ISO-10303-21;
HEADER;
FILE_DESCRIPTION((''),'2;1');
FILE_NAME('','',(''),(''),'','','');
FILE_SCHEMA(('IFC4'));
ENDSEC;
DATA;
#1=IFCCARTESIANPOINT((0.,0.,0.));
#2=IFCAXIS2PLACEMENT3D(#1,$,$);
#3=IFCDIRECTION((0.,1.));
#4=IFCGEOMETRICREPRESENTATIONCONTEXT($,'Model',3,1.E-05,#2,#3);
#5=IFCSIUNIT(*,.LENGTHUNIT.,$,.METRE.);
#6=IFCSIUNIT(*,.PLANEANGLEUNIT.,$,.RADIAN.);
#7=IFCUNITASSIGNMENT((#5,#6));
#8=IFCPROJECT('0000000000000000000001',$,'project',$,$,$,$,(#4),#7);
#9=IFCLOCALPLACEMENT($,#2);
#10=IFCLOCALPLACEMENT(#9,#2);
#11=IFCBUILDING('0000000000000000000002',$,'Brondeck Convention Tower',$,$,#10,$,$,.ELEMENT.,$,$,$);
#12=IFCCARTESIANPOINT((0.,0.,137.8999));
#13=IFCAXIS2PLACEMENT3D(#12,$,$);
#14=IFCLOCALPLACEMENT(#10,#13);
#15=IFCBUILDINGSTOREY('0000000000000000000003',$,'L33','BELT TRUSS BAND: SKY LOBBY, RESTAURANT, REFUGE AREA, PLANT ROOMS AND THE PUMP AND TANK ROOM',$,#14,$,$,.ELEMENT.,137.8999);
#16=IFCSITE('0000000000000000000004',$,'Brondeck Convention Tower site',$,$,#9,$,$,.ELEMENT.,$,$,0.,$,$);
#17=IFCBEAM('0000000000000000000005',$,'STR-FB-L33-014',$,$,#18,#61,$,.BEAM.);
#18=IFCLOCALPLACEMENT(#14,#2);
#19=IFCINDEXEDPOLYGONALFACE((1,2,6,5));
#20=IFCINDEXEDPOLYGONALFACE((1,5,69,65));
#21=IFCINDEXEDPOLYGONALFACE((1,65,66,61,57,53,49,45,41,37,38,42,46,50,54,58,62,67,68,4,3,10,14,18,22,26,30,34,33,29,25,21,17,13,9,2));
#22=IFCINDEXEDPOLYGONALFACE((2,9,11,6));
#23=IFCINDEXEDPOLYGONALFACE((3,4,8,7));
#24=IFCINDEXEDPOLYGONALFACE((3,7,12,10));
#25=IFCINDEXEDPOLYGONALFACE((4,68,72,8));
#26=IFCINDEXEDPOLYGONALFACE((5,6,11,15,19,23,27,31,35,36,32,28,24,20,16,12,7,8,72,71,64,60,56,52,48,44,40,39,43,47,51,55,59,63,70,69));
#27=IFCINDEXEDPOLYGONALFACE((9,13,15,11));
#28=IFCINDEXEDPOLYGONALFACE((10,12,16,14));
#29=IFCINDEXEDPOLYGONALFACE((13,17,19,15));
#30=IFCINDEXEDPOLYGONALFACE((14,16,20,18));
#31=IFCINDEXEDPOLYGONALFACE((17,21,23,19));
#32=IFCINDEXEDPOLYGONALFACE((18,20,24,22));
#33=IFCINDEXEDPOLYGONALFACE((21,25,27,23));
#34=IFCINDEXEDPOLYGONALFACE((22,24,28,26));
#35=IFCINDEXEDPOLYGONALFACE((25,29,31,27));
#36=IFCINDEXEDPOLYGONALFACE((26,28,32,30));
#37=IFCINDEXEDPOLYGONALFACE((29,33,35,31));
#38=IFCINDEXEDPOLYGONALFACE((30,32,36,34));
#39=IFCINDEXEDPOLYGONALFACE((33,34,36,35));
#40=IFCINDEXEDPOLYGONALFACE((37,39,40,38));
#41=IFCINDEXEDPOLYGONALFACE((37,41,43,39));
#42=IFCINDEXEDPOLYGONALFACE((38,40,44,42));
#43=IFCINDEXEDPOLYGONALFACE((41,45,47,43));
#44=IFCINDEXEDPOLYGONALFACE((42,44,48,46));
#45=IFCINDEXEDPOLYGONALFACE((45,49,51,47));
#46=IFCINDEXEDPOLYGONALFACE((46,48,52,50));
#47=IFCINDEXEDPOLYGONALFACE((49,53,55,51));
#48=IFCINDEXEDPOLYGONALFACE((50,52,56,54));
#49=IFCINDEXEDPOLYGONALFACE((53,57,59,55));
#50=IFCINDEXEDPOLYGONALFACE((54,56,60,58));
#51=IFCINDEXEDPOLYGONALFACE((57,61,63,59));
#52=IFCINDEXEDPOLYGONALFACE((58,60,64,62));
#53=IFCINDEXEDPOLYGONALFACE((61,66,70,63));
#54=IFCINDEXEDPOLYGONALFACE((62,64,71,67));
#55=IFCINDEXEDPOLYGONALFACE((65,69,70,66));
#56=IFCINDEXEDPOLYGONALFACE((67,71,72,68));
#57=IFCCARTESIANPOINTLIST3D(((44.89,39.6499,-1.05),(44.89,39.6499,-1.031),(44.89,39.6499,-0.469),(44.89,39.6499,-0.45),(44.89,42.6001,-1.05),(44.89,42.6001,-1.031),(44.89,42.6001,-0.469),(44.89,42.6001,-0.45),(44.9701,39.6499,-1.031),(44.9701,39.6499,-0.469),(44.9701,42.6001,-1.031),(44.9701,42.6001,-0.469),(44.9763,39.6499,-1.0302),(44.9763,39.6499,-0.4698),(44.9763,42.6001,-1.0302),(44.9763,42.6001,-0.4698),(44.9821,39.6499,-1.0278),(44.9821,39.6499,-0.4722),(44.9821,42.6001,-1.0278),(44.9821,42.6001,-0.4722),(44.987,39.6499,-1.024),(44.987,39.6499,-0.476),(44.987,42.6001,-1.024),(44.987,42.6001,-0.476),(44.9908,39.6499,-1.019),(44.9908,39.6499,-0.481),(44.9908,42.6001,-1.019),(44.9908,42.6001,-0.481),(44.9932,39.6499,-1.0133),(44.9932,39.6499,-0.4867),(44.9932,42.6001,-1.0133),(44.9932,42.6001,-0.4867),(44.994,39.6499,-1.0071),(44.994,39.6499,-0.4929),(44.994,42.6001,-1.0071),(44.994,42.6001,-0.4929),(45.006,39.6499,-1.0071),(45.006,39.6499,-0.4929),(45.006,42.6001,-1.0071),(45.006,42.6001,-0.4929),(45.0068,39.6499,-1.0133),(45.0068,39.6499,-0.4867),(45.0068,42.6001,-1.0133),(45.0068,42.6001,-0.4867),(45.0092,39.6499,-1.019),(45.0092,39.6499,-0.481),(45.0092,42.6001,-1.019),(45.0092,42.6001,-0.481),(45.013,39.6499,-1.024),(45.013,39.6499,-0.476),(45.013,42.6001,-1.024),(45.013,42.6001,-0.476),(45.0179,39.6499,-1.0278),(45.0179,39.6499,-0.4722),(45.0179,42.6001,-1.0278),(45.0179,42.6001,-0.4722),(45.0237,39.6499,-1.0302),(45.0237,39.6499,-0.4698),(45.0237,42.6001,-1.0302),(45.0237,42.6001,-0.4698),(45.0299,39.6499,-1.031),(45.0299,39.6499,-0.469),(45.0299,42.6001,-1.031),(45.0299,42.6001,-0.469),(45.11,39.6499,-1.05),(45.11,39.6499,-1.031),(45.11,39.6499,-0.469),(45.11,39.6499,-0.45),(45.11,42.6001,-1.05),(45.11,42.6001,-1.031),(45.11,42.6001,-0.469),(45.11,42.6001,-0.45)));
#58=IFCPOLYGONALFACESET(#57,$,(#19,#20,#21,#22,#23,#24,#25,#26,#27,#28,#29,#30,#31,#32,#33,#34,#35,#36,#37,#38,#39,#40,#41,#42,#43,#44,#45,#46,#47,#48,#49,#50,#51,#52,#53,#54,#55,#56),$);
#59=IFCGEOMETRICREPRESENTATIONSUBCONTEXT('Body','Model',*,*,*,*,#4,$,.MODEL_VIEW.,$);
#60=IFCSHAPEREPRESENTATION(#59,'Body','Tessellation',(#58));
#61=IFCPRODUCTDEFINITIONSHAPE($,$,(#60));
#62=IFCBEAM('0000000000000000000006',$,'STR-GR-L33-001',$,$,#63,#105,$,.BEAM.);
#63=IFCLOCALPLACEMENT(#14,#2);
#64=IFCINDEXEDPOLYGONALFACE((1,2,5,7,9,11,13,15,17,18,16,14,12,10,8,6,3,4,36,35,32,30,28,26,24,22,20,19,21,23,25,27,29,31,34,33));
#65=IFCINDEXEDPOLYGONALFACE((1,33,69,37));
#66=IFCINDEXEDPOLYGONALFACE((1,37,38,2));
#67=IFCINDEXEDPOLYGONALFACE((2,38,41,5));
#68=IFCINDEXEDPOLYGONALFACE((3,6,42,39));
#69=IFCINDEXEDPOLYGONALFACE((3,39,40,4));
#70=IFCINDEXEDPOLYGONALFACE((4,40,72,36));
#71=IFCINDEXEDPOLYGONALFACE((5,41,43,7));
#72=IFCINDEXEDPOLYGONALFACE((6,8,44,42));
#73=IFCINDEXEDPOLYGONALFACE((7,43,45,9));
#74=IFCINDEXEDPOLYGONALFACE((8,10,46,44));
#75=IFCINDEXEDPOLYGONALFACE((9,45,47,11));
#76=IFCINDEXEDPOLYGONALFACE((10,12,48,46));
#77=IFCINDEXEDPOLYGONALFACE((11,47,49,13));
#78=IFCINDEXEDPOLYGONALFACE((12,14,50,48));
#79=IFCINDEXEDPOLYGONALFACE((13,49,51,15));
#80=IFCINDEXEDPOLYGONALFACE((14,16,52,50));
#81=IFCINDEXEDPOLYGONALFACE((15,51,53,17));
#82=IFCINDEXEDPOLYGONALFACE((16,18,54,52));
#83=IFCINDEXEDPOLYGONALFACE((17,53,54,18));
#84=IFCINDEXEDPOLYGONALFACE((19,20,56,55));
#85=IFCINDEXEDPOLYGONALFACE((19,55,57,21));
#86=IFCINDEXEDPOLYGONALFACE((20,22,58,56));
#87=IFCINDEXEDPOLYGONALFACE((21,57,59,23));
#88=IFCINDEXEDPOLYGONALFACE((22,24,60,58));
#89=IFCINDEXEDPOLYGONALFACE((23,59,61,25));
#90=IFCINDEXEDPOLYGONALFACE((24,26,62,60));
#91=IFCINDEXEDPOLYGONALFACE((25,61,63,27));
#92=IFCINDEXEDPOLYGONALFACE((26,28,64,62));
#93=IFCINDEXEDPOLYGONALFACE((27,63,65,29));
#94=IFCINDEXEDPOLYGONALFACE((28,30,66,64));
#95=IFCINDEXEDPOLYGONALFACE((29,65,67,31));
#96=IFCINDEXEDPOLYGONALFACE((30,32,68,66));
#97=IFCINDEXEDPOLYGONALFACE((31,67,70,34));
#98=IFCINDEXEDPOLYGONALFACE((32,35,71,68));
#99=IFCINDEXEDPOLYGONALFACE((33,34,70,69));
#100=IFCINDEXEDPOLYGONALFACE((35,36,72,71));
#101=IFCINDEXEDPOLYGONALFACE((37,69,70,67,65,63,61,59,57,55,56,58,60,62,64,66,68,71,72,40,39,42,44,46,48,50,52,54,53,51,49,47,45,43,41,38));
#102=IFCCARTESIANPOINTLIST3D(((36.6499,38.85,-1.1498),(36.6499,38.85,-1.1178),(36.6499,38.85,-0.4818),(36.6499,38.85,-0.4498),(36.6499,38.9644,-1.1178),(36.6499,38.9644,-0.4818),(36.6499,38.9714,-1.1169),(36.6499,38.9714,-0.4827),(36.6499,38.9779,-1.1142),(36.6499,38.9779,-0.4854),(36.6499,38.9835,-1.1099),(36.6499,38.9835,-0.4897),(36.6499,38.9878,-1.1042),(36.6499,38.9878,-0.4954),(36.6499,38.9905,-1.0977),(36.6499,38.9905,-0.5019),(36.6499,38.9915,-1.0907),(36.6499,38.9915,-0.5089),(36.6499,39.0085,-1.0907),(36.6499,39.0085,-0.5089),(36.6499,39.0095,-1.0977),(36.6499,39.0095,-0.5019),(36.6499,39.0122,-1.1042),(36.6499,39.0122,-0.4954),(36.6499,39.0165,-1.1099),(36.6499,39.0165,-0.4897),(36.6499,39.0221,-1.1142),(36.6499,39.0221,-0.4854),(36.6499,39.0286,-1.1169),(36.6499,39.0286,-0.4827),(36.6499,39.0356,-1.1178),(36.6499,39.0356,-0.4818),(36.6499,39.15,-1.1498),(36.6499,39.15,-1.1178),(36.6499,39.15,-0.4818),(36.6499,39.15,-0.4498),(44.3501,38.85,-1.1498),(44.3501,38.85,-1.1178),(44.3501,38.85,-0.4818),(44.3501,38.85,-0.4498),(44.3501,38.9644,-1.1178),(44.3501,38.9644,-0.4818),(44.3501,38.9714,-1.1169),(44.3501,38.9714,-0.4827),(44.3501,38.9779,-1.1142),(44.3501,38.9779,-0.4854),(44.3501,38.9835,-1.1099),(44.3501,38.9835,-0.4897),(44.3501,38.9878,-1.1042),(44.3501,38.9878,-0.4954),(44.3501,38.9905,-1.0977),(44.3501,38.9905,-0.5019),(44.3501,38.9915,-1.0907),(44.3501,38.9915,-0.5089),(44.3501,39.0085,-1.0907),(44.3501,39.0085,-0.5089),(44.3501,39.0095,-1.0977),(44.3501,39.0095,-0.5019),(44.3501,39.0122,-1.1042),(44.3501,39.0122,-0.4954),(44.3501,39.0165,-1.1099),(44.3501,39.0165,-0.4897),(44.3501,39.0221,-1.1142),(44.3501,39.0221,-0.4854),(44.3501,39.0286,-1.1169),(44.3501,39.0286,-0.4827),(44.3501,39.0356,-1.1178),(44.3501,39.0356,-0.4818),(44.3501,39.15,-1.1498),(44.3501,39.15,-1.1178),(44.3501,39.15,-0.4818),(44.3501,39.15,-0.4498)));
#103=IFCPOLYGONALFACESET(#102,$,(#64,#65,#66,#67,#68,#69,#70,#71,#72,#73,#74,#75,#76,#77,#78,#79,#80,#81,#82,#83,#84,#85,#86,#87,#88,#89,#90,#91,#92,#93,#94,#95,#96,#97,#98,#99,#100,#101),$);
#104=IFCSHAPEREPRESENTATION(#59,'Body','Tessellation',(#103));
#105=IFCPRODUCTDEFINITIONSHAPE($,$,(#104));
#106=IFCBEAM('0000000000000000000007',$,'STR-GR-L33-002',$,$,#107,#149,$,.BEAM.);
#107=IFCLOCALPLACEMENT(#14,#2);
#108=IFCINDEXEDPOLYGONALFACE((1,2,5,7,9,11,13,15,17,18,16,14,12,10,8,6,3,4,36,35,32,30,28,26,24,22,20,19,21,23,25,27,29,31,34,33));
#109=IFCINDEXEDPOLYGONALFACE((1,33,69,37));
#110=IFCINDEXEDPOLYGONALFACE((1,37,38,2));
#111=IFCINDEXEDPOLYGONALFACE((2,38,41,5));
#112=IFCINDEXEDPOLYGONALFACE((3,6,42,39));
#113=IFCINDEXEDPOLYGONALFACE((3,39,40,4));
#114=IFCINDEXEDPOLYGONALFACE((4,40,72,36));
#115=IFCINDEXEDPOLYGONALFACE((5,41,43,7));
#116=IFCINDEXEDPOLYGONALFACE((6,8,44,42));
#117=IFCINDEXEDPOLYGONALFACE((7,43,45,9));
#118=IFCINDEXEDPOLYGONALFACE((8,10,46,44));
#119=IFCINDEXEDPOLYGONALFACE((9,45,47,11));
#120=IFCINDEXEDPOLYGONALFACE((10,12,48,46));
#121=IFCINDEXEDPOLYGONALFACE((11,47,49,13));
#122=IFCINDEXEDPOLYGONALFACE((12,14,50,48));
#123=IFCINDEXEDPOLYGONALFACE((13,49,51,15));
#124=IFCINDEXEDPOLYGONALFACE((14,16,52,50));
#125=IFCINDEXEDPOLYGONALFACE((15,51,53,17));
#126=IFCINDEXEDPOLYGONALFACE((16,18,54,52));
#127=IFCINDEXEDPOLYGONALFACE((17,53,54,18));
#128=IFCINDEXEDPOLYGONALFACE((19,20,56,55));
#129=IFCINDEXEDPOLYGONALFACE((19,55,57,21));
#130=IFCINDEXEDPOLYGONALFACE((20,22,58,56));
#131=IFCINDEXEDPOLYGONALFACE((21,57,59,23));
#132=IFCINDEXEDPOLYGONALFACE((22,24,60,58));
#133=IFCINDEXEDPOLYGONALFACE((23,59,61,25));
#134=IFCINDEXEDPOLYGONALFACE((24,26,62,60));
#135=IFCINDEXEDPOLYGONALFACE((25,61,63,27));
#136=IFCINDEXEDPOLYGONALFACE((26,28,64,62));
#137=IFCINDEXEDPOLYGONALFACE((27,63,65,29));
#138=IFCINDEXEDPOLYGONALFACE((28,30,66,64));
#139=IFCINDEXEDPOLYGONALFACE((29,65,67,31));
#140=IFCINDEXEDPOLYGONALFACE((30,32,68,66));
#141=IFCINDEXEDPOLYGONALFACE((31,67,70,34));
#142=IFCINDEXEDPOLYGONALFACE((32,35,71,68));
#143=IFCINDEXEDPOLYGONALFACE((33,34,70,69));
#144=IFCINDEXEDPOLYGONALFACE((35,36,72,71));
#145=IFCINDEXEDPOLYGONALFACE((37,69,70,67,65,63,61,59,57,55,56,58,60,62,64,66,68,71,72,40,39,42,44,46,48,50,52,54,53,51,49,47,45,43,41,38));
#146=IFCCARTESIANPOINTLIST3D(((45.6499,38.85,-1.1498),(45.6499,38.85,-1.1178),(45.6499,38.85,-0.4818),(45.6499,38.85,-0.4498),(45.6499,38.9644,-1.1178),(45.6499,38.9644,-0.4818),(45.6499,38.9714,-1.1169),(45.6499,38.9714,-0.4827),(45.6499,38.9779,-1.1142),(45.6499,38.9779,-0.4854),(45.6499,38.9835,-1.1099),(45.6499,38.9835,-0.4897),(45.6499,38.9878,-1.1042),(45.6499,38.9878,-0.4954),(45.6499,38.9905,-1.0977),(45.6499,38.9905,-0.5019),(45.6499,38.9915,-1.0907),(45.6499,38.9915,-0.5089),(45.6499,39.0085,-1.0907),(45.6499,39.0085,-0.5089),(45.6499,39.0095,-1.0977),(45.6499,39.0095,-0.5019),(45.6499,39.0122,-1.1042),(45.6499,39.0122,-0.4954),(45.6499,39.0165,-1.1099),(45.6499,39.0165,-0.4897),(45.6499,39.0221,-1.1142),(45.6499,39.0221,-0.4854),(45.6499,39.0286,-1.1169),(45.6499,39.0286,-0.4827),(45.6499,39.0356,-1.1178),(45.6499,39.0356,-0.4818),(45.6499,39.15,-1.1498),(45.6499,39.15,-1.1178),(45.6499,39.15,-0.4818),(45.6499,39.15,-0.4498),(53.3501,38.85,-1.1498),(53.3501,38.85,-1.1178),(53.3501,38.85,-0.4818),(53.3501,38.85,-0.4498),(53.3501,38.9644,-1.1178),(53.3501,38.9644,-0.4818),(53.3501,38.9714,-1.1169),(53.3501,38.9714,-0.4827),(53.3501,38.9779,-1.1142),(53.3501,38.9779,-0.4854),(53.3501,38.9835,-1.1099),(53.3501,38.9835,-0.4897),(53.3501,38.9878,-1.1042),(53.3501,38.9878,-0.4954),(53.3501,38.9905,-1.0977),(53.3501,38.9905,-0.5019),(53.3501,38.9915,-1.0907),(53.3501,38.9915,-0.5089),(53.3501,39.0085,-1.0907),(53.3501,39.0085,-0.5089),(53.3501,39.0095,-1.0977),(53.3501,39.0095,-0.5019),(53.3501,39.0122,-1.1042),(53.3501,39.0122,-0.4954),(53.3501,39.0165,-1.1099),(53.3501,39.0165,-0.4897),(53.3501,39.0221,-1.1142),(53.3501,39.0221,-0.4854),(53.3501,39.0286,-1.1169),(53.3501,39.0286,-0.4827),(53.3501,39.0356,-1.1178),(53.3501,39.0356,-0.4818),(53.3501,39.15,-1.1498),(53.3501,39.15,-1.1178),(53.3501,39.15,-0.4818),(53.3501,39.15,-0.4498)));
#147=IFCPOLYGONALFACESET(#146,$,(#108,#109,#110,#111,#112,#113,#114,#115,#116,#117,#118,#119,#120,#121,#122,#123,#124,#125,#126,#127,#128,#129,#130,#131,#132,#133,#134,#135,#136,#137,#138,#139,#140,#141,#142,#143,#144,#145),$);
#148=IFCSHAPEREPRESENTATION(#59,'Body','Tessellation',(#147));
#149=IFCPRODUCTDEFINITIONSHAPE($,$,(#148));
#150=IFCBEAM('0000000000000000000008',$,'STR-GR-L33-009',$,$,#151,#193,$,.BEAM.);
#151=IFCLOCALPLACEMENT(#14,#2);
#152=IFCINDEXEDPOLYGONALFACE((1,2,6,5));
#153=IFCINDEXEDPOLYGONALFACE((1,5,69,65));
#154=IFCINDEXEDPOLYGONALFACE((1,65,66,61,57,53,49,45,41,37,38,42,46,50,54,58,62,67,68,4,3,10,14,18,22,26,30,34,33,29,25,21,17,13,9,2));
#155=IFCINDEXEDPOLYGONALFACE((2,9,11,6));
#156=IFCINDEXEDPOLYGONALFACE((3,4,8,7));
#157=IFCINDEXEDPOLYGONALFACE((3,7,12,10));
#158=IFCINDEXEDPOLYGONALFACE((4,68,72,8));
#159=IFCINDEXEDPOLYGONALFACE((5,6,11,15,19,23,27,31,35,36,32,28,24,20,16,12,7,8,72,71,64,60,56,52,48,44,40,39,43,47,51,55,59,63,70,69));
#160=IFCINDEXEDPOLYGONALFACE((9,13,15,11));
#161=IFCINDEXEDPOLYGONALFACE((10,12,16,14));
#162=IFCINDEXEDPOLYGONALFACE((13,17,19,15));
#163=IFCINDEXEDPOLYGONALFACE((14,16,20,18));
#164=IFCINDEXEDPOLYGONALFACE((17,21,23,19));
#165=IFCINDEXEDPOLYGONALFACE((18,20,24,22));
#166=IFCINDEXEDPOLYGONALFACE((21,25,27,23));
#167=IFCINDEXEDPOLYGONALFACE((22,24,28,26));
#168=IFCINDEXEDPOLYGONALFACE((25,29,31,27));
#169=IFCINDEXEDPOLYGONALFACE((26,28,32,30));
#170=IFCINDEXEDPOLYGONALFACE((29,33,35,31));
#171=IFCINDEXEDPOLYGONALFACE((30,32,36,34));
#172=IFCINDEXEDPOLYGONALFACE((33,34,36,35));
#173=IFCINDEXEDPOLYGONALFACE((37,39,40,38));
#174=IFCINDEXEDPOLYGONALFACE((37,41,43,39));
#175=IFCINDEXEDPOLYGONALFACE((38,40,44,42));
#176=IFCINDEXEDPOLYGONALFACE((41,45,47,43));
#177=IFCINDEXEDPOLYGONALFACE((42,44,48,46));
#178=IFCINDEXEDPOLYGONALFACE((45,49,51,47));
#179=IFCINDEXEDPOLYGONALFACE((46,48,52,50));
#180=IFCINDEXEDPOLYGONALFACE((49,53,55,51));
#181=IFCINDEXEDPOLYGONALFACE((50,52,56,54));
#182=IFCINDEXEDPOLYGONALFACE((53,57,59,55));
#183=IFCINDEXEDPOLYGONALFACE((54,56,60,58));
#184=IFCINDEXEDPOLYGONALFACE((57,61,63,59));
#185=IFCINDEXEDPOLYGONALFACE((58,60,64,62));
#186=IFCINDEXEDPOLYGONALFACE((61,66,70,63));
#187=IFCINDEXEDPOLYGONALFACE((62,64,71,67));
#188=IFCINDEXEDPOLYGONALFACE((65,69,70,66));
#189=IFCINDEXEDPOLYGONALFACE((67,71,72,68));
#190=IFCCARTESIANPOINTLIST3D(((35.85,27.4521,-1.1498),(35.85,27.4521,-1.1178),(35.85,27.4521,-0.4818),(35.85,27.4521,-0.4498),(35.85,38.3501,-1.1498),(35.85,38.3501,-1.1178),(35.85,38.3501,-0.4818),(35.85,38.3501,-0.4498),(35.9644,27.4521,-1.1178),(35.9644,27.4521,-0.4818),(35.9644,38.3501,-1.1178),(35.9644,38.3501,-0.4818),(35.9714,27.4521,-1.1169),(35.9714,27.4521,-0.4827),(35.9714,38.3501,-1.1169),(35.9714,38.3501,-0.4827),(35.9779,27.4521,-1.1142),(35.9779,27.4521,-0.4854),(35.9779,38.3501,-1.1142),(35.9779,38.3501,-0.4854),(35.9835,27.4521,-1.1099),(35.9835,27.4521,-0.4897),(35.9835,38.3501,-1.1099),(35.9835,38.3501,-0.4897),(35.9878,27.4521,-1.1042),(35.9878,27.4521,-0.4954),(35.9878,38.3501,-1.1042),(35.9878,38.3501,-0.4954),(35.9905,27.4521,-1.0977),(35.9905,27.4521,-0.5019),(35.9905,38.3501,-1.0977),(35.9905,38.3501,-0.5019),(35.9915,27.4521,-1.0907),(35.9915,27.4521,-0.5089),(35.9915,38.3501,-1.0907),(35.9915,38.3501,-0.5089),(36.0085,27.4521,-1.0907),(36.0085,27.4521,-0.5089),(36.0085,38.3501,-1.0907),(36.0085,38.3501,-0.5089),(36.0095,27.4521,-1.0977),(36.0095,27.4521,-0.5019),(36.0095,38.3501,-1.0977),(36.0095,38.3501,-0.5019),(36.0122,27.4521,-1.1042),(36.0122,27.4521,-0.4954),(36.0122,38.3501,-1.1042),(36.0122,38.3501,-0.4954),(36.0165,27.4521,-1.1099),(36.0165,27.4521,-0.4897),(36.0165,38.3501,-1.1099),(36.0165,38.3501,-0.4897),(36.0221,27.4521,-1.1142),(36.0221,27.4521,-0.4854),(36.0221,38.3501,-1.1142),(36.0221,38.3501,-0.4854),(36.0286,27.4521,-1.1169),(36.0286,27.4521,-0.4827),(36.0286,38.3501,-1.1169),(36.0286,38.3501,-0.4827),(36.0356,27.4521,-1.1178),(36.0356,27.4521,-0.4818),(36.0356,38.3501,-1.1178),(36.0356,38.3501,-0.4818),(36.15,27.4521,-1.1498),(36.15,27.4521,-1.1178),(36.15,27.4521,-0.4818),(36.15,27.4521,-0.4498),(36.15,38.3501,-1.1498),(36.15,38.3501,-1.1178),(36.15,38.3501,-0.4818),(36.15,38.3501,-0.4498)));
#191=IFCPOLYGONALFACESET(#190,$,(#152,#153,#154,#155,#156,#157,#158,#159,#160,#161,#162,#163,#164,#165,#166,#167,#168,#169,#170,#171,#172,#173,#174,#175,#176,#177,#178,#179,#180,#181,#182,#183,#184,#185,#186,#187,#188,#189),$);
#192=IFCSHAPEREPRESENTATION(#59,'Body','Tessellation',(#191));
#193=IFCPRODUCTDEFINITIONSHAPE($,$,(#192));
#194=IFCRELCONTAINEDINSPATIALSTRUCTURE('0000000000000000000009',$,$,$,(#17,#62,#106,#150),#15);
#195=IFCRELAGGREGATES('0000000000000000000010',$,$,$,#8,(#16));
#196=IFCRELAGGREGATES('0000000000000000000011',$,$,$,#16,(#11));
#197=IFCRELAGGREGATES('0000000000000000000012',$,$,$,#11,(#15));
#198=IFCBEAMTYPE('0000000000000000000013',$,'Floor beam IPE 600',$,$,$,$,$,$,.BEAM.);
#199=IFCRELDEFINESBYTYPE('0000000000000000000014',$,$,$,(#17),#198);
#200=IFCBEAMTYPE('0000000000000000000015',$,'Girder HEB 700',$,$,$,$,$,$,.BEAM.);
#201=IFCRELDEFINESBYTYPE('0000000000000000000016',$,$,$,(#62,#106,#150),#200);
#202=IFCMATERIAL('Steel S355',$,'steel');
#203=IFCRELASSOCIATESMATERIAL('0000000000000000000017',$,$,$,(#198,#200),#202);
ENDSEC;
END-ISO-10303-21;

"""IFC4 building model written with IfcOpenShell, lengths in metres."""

from ifc_helpers import new_model, si_unit, direction, frame, origin, origin_2d, place, context, subcontext, project, spatial, i_section, extrude, material, material_profile, profile_set, type_object, element, save


model = new_model("IFC4")

# Units and contexts
model_context = context("Model", 3, precision=1e-05, world=origin(), true_north=direction((0.0, 1.0)))
body_context = subcontext(model_context, "Body", "Model", "MODEL_VIEW")
ifc_project = project(units=[si_unit("LENGTHUNIT", "METRE"), si_unit("PLANEANGLEUNIT", "RADIAN")], contexts=[model_context])

# Site, building, storey
site_placement = place(None, origin())
site = spatial("IfcSite", under=ifc_project, at=site_placement, Name="Brondeck Convention Tower site", CompositionType="ELEMENT", RefElevation=0.0)
building_placement = place(site_placement, origin())
building = spatial("IfcBuilding", under=site, at=building_placement, Name="Brondeck Convention Tower", CompositionType="ELEMENT")
storey_placement = place(building_placement, frame((0.0, 0.0, 137.8999)))
storey = spatial("IfcBuildingStorey", under=building, at=storey_placement, Name="L33", Description="BELT TRUSS BAND: SKY LOBBY, RESTAURANT, REFUGE AREA, PLANT ROOMS AND THE PUMP AND TANK ROOM", CompositionType="ELEMENT", Elevation=137.8999)

# Beams
ifc_material_1 = material(Name="Steel S355", Category="steel")
ifc_material_profile_1 = material_profile(ifc_material_1, i_section(OverallWidth=0.22, OverallDepth=0.6001, WebThickness=0.012, FlangeThickness=0.019, FilletRadius=0.0239, at=origin_2d()), Name="IPE 600")
ifc_profile_set_1 = profile_set([ifc_material_profile_1], Name="Steel S355")
beam_type_1 = type_object("IfcBeamType", Name="Floor beam IPE 600", PredefinedType="BEAM", material=ifc_profile_set_1)
beam_1_placement = place(storey_placement, frame((45.0, 39.6499, -0.75), z_axis=(0.0, 1.0, 0.0), x_axis=(-1.0, 0.0, 0.0)))
element("IfcBeam", 1, at=beam_1_placement, inside=storey, type_object=beam_type_1, Name="STR-FB-L33-014", PredefinedType="BEAM", context=body_context, shape_type="SweptSolid", body=[
    extrude(i_section(OverallWidth=0.22, OverallDepth=0.6001, WebThickness=0.012, FlangeThickness=0.019, FilletRadius=0.0239, at=origin_2d()), origin(), (0.0, 0.0, 1.0), 2.9502),
])
ifc_material_profile_2 = material_profile(ifc_material_1, i_section(OverallWidth=0.3, OverallDepth=0.7, WebThickness=0.0171, FlangeThickness=0.032, FilletRadius=0.0271, at=origin_2d()), Name="HEB 700")
ifc_profile_set_2 = profile_set([ifc_material_profile_2], Name="Steel S355")
beam_type_2 = type_object("IfcBeamType", Name="Girder HEB 700", PredefinedType="BEAM", material=ifc_profile_set_2)
for number, where, z_axis, x_axis, name in (
    (2, (36.6499, 39.0, -0.7998), (1.0, 0.0, 0.0), (0.0, 1.0, 0.0), "STR-GR-L33-001"),
    (3, (45.6499, 39.0, -0.7998), (1.0, 0.0, 0.0), (0.0, 1.0, 0.0), "STR-GR-L33-002"),
):
    element("IfcBeam", number, at=place(storey_placement, frame(where, z_axis=z_axis, x_axis=x_axis)), inside=storey, type_object=beam_type_2, Name=name, PredefinedType="BEAM", context=body_context, shape_type="SweptSolid", body=[
        extrude(i_section(OverallWidth=0.3, OverallDepth=0.7, WebThickness=0.0171, FlangeThickness=0.032, FilletRadius=0.0271, at=origin_2d()), origin(), (0.0, 0.0, 1.0), 7.7002),
    ])
beam_2_placement = place(storey_placement, frame((36.0, 27.4521, -0.7998), z_axis=(0.0, 1.0, 0.0), x_axis=(-1.0, 0.0, 0.0)))
element("IfcBeam", 4, at=beam_2_placement, inside=storey, type_object=beam_type_2, Name="STR-GR-L33-009", PredefinedType="BEAM", context=body_context, shape_type="SweptSolid", body=[
    extrude(i_section(OverallWidth=0.3, OverallDepth=0.7, WebThickness=0.0171, FlangeThickness=0.032, FilletRadius=0.0271, at=origin_2d()), origin(), (0.0, 0.0, 1.0), 10.8979),
])

save(model, "model.ifc")
